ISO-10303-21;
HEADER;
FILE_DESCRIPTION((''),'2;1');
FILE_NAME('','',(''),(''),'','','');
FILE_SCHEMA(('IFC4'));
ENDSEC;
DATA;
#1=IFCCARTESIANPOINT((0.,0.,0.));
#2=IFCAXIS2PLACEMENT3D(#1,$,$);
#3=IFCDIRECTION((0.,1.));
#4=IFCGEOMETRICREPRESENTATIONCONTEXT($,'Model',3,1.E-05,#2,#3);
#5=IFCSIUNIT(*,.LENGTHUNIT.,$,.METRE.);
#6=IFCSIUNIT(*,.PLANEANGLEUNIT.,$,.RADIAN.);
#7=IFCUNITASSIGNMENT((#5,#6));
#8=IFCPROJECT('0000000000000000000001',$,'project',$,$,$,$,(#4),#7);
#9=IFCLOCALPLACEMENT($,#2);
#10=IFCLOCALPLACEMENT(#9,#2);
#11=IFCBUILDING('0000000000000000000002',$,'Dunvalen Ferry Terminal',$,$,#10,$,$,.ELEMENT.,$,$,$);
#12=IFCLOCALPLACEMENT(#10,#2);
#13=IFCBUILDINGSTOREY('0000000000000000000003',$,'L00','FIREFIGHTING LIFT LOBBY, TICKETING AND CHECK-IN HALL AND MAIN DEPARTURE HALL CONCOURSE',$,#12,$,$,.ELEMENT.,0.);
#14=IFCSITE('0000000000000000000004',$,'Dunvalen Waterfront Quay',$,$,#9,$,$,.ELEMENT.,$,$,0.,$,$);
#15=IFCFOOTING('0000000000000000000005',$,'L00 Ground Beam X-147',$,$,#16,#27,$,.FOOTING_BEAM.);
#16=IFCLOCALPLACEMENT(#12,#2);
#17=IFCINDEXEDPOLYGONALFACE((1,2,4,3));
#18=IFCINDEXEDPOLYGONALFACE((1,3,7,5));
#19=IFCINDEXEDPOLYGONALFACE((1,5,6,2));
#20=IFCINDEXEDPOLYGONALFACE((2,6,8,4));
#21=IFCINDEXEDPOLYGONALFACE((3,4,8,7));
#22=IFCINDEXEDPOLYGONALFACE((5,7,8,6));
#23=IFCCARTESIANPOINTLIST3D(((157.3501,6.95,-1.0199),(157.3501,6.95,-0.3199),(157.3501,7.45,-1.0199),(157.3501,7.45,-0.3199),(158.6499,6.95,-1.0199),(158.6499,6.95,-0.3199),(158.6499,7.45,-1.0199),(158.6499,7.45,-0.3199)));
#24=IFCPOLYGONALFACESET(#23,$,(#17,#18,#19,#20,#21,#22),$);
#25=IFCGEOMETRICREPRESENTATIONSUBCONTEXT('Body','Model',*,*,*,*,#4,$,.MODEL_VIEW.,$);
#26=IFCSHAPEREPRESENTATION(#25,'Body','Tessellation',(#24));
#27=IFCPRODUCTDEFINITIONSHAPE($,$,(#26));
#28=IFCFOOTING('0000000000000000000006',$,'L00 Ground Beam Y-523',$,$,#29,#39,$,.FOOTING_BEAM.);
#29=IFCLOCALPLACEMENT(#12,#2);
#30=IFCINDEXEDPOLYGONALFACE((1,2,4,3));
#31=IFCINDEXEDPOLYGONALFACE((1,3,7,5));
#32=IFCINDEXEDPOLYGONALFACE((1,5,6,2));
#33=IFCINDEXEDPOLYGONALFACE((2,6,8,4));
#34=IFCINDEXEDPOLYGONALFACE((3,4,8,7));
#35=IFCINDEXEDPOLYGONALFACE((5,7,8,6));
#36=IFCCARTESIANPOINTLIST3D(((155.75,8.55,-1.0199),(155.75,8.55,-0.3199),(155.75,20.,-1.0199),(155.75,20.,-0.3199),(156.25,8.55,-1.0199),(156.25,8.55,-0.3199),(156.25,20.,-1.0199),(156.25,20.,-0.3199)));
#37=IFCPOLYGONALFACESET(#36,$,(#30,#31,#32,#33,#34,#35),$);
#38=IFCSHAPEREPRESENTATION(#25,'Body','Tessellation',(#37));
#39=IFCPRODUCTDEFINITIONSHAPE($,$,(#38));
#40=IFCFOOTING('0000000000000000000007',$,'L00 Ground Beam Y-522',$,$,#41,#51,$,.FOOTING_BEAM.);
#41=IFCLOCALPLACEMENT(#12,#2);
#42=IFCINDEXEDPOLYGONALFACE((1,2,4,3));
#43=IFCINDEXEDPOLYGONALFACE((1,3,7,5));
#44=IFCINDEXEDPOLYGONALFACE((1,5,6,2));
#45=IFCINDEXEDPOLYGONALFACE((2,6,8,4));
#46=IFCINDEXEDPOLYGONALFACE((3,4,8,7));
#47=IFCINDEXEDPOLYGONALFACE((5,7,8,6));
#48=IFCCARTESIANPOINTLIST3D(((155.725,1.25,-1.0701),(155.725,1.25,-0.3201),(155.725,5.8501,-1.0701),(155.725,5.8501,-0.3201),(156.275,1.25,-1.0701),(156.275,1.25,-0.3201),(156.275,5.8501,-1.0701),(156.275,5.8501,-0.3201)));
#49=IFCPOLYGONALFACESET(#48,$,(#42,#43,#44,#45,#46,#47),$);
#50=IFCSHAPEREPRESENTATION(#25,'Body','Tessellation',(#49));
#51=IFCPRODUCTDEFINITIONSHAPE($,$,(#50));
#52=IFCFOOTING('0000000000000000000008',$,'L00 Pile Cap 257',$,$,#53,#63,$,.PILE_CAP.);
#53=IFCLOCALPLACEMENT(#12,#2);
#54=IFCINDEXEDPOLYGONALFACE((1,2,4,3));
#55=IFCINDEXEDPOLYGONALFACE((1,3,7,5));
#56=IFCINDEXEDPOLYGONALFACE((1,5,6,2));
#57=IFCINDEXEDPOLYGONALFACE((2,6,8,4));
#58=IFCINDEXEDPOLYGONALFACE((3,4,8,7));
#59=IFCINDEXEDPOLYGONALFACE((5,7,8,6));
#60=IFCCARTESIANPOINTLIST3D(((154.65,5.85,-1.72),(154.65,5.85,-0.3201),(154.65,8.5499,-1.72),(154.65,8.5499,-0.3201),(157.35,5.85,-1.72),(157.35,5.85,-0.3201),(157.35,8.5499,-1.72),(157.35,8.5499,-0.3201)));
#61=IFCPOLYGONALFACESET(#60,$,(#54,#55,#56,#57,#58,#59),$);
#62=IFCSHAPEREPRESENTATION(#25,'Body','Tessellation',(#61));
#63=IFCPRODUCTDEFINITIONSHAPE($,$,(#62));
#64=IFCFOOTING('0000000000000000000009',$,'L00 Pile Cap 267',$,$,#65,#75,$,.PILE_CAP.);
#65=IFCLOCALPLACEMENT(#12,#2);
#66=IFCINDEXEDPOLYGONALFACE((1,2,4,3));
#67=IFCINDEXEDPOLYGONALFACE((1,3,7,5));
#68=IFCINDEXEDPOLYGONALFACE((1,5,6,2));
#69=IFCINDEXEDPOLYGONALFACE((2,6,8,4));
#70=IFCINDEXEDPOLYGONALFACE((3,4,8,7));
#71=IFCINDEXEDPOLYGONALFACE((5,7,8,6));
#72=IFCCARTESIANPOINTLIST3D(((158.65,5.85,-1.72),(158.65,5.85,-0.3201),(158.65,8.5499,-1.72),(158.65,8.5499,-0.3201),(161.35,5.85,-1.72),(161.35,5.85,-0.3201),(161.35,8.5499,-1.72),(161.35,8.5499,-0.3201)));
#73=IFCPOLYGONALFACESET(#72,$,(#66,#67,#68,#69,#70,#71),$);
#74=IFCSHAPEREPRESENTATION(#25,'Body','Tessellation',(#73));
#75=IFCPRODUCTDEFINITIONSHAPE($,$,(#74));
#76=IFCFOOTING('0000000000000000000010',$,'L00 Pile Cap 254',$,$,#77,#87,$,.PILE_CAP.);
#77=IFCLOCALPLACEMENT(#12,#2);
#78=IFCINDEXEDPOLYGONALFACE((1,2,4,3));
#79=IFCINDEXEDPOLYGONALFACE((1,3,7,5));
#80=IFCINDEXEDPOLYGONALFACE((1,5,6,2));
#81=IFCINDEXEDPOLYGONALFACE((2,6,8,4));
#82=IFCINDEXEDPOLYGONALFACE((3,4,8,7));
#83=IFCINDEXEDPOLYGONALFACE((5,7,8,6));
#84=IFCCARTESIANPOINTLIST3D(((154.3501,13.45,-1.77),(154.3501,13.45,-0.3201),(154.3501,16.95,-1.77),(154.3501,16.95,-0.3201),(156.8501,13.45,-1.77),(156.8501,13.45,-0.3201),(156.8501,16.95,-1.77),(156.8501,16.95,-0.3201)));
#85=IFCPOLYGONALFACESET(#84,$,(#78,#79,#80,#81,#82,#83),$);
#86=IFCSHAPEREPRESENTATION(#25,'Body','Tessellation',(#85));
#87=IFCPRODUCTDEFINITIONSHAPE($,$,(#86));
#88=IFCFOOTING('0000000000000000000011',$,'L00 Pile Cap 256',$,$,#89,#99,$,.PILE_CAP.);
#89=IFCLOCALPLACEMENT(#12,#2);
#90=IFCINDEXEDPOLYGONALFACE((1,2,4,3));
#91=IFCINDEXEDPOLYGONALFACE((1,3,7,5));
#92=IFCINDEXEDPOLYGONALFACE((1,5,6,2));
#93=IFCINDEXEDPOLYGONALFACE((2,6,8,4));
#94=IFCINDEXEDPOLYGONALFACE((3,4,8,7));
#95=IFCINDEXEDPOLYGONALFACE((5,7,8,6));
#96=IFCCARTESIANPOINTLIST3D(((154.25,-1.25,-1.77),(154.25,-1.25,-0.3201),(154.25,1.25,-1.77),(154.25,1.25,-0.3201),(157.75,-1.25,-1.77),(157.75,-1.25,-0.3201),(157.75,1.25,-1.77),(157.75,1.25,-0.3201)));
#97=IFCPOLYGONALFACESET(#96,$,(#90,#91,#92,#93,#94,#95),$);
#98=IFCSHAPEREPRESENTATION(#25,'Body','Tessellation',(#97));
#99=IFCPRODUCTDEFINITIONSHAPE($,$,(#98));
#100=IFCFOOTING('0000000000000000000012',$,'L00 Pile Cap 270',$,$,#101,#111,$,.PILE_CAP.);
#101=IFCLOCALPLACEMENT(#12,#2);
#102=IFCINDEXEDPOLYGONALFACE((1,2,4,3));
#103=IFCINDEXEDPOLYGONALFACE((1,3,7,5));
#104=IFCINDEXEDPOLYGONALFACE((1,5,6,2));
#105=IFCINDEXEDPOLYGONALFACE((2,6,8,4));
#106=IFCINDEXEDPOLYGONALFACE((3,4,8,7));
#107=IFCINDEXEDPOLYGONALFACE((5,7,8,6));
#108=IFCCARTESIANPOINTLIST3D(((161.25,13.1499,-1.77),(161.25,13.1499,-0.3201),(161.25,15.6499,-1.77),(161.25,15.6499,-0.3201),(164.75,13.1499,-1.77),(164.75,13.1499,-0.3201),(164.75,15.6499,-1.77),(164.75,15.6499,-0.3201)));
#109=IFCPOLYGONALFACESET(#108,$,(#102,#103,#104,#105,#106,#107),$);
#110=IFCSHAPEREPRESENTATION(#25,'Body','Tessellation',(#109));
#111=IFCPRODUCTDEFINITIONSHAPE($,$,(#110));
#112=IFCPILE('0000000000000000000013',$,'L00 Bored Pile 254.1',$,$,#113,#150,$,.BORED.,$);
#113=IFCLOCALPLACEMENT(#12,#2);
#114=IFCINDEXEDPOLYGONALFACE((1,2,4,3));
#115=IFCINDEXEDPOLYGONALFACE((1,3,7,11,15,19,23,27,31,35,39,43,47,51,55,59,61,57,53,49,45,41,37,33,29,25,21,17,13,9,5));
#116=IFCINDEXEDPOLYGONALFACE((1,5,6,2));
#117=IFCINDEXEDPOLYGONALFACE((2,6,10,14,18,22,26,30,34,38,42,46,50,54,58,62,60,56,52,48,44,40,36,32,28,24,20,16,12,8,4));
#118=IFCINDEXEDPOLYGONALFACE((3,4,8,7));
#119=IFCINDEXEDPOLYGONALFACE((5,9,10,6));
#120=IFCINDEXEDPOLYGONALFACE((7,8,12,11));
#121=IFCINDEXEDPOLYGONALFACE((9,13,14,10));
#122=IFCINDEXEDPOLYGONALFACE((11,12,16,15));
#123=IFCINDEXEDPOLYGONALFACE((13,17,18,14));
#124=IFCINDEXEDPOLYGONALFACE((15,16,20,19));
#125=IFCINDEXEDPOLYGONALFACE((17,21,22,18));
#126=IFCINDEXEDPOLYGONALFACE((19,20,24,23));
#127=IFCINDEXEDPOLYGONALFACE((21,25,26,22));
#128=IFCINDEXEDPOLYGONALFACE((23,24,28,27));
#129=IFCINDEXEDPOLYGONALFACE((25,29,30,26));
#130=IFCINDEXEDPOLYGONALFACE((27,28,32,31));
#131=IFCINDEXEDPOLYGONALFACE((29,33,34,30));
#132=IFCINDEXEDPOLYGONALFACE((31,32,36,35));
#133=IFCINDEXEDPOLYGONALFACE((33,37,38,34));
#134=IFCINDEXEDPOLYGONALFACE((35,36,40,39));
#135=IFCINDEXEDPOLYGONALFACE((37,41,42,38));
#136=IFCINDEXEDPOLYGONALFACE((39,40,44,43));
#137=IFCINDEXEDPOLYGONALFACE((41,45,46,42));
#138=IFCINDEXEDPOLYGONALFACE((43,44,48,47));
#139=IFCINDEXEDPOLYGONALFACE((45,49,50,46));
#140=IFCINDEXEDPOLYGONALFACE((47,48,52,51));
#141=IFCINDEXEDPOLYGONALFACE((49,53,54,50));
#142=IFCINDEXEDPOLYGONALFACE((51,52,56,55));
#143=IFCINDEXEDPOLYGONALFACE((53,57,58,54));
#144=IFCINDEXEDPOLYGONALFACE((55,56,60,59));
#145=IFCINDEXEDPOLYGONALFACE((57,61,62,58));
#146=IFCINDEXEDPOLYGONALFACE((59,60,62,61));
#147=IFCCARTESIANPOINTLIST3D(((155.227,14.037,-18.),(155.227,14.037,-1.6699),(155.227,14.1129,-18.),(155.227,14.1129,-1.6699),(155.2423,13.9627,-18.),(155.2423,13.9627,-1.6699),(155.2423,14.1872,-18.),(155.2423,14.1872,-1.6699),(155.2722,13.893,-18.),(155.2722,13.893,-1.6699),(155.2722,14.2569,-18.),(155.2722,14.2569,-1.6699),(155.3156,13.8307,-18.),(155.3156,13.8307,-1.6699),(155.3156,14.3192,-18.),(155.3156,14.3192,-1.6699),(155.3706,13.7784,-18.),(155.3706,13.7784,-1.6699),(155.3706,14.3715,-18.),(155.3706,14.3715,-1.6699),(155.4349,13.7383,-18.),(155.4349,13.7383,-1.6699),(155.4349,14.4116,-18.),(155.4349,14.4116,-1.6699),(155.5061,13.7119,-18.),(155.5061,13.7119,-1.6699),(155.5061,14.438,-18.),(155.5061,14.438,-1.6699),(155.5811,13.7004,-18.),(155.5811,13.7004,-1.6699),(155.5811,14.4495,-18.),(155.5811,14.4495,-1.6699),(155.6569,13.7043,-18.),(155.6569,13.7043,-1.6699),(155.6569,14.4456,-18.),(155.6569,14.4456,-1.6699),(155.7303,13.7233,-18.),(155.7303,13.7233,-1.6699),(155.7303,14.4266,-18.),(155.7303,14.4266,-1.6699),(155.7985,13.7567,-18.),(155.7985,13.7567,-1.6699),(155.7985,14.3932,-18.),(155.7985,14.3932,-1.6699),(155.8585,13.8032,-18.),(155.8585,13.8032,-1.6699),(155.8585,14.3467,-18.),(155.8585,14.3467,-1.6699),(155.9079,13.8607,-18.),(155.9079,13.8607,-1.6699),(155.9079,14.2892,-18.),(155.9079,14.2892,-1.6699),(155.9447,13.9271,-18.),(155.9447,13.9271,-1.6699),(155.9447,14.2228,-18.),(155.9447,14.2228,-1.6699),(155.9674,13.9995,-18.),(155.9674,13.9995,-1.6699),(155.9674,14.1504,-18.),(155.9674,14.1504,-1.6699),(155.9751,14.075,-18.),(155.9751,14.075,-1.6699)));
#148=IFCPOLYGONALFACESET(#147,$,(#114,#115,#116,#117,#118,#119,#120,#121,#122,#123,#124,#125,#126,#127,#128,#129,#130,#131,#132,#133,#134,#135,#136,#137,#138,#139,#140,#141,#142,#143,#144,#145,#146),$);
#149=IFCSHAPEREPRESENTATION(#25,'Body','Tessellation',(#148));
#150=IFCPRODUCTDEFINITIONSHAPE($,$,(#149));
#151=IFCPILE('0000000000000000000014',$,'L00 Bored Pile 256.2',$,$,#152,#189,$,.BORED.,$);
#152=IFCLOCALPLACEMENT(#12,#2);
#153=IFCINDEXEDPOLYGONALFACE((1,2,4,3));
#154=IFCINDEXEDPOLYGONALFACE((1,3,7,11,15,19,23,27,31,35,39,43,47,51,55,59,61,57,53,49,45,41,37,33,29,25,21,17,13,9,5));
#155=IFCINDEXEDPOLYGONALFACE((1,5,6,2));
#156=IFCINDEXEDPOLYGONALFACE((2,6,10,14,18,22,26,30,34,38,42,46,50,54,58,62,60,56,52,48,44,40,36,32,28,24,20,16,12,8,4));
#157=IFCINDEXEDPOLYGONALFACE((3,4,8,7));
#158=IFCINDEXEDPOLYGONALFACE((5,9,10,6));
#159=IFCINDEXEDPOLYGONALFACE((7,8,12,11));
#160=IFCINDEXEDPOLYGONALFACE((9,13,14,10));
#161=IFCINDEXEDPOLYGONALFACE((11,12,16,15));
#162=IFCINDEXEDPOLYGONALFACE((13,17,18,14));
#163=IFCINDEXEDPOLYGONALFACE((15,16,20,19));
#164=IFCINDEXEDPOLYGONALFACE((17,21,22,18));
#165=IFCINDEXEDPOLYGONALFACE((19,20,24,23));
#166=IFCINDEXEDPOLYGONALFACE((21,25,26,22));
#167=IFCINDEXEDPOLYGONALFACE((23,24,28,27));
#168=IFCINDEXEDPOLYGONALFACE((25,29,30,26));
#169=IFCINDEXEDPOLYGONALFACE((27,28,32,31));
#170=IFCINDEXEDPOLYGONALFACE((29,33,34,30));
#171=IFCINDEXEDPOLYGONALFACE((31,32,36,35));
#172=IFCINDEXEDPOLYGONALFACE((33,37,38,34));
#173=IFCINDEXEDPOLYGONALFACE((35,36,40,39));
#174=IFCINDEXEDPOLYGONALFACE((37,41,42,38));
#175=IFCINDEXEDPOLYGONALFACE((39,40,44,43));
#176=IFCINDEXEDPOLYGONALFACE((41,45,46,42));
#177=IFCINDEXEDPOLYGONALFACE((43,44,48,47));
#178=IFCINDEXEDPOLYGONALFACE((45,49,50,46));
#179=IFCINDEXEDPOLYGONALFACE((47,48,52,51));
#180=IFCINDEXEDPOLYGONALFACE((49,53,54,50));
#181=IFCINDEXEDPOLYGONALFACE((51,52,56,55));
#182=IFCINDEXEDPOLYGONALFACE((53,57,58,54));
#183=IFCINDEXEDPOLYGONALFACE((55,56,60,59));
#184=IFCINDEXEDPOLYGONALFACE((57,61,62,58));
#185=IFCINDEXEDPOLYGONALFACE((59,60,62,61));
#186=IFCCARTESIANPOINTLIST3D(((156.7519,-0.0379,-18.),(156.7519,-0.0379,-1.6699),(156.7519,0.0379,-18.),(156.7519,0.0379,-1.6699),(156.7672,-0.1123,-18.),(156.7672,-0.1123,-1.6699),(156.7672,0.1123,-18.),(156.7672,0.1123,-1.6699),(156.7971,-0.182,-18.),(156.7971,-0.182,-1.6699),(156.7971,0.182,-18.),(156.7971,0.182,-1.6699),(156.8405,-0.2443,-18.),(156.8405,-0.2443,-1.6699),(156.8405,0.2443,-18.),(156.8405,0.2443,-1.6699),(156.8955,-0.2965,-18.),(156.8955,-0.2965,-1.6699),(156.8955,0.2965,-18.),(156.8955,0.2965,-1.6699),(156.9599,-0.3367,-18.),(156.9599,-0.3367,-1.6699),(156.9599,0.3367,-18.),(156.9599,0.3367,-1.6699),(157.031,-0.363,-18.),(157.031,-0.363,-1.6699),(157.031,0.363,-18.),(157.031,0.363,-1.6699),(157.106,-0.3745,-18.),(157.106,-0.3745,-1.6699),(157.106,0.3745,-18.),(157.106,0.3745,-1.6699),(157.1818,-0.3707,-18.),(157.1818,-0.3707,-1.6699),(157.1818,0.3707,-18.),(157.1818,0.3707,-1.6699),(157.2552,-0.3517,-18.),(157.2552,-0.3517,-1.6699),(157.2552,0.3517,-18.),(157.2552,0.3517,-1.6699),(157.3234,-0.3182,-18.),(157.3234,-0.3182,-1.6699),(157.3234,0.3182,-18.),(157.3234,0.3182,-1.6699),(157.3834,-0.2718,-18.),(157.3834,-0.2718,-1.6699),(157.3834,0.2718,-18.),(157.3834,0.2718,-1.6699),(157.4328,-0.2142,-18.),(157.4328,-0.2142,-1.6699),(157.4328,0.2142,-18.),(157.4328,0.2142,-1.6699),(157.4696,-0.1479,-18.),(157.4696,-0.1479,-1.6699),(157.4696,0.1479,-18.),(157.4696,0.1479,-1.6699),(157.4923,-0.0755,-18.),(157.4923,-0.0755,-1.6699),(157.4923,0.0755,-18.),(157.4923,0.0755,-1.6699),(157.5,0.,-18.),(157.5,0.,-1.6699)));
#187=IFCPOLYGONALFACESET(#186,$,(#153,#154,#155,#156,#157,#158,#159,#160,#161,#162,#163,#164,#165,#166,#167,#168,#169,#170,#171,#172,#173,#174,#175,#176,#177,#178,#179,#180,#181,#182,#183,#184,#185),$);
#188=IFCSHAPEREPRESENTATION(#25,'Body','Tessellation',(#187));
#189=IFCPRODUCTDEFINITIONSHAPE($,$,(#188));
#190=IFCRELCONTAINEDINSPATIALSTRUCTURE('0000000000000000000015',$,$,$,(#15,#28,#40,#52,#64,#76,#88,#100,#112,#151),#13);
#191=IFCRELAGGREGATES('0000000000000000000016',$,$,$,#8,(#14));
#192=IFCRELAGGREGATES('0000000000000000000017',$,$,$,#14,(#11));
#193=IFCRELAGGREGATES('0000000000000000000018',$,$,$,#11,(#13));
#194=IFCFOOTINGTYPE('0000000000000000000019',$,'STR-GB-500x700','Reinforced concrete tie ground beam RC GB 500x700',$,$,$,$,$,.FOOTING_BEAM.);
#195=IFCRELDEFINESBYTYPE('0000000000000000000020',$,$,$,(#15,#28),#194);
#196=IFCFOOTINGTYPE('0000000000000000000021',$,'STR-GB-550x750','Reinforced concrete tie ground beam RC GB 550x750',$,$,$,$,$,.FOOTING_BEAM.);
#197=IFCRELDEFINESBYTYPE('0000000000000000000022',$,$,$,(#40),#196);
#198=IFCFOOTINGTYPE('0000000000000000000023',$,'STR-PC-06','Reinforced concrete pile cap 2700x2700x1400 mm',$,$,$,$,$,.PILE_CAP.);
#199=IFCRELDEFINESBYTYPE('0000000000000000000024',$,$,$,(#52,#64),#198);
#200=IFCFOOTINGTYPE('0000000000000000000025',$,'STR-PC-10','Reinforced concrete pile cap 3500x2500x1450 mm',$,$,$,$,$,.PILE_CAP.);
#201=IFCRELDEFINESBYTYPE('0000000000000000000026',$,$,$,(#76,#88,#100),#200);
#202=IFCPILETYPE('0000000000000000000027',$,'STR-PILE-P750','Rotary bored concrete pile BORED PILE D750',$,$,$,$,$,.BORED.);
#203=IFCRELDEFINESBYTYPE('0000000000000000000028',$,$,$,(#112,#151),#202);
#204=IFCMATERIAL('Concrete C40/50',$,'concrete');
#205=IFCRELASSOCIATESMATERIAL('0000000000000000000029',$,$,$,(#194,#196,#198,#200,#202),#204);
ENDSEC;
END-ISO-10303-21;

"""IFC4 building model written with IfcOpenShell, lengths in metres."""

from ifc_helpers import new_model, si_unit, direction, frame, origin, origin_2d, place, context, subcontext, project, spatial, rectangle, circle, extrude, material, material_profile, profile_set, type_object, element, save


model = new_model("IFC4")

# Units and contexts
model_context = context("Model", 3, precision=1e-05, world=origin(), true_north=direction((0.0, 1.0)))
body_context = subcontext(model_context, "Body", "Model", "MODEL_VIEW")
ifc_project = project(units=[si_unit("LENGTHUNIT", "METRE"), si_unit("PLANEANGLEUNIT", "RADIAN")], contexts=[model_context])

# Site, building, storey
site_placement = place(None, origin())
site = spatial("IfcSite", under=ifc_project, at=site_placement, Name="Dunvalen Waterfront Quay", CompositionType="ELEMENT", RefElevation=0.0)
building_placement = place(site_placement, origin())
building = spatial("IfcBuilding", under=site, at=building_placement, Name="Dunvalen Ferry Terminal", CompositionType="ELEMENT")
storey_placement = place(building_placement, origin())
storey = spatial("IfcBuildingStorey", under=building, at=storey_placement, Name="L00", Description="FIREFIGHTING LIFT LOBBY, TICKETING AND CHECK-IN HALL AND MAIN DEPARTURE HALL CONCOURSE", CompositionType="ELEMENT", Elevation=0.0)

# Footings
ifc_material_1 = material(Name="Concrete C40/50", Category="concrete")
ifc_material_profile_1 = material_profile(ifc_material_1, rectangle(XDim=0.5, YDim=0.7, at=origin_2d()), Name="Concrete C40/50")
ifc_profile_set_1 = profile_set([ifc_material_profile_1], Name="Concrete C40/50")
footing_type_1 = type_object("IfcFootingType", Name="STR-GB-500x700", Description="Reinforced concrete tie ground beam RC GB 500x700", PredefinedType="FOOTING_BEAM", material=ifc_profile_set_1)
footing_1_placement = place(storey_placement, frame((157.3501, 7.2, -0.6699), z_axis=(1.0, 0.0, 0.0), x_axis=(0.0, 1.0, 0.0)))
element("IfcFooting", 1, at=footing_1_placement, inside=storey, type_object=footing_type_1, Name="L00 Ground Beam X-147", PredefinedType="FOOTING_BEAM", context=body_context, shape_type="SweptSolid", body=[
    extrude(rectangle(XDim=0.5, YDim=0.7, at=origin_2d()), origin(), (0.0, 0.0, 1.0), 1.2998),
])
footing_2_placement = place(storey_placement, frame((156.0, 8.55, -0.6699), z_axis=(0.0, 1.0, 0.0), x_axis=(-1.0, 0.0, 0.0)))
element("IfcFooting", 2, at=footing_2_placement, inside=storey, type_object=footing_type_1, Name="L00 Ground Beam Y-523", PredefinedType="FOOTING_BEAM", context=body_context, shape_type="SweptSolid", body=[
    extrude(rectangle(XDim=0.5, YDim=0.7, at=origin_2d()), origin(), (0.0, 0.0, 1.0), 11.45),
])
ifc_material_profile_2 = material_profile(ifc_material_1, rectangle(XDim=0.55, YDim=0.75, at=origin_2d()), Name="Concrete C40/50")
ifc_profile_set_2 = profile_set([ifc_material_profile_2], Name="Concrete C40/50")
footing_type_2 = type_object("IfcFootingType", Name="STR-GB-550x750", Description="Reinforced concrete tie ground beam RC GB 550x750", PredefinedType="FOOTING_BEAM", material=ifc_profile_set_2)
footing_3_placement = place(storey_placement, frame((156.0, 1.25, -0.6951), z_axis=(0.0, 1.0, 0.0), x_axis=(-1.0, 0.0, 0.0)))
element("IfcFooting", 3, at=footing_3_placement, inside=storey, type_object=footing_type_2, Name="L00 Ground Beam Y-522", PredefinedType="FOOTING_BEAM", context=body_context, shape_type="SweptSolid", body=[
    extrude(rectangle(XDim=0.55, YDim=0.75, at=origin_2d()), origin(), (0.0, 0.0, 1.0), 4.6001),
])
footing_type_3 = type_object("IfcFootingType", Name="STR-PC-06", Description="Reinforced concrete pile cap 2700x2700x1400 mm", PredefinedType="PILE_CAP", material=ifc_material_1)
for number, where, z_axis, x_axis, name in (
    (4, (156.0, 7.2, -1.72), (0.0, 0.0, 1.0), (1.0, 0.0, 0.0), "L00 Pile Cap 257"),
    (5, (160.0, 7.2, -1.72), (0.0, 0.0, 1.0), (1.0, 0.0, 0.0), "L00 Pile Cap 267"),
):
    element("IfcFooting", number, at=place(storey_placement, frame(where, z_axis=z_axis, x_axis=x_axis)), inside=storey, type_object=footing_type_3, Name=name, PredefinedType="PILE_CAP", context=body_context, shape_type="SweptSolid", body=[
        extrude(rectangle(XDim=2.7, YDim=2.7, at=origin_2d()), origin(), (0.0, 0.0, 1.0), 1.3999),
    ])
footing_type_4 = type_object("IfcFootingType", Name="STR-PC-10", Description="Reinforced concrete pile cap 3500x2500x1450 mm", PredefinedType="PILE_CAP", material=ifc_material_1)
for number, where, z_axis, x_axis, name in (
    (6, (155.6001, 15.2, -1.77), (0.0, 0.0, 1.0), (0.0, 1.0, 0.0), "L00 Pile Cap 254"),
    (7, (156.0, 0.0, -1.77), (0.0, 0.0, 1.0), (1.0, 0.0, 0.0), "L00 Pile Cap 256"),
    (8, (163.0, 14.3999, -1.77), (0.0, 0.0, 1.0), (1.0, 0.0, 0.0), "L00 Pile Cap 270"),
):
    element("IfcFooting", number, at=place(storey_placement, frame(where, z_axis=z_axis, x_axis=x_axis)), inside=storey, type_object=footing_type_4, Name=name, PredefinedType="PILE_CAP", context=body_context, shape_type="SweptSolid", body=[
        extrude(rectangle(XDim=3.5, YDim=2.5, at=origin_2d()), origin(), (0.0, 0.0, 1.0), 1.45),
    ])

# Piles
ifc_material_profile_3 = material_profile(ifc_material_1, circle(Radius=0.375, at=origin_2d()), Name="Concrete C40/50")
ifc_profile_set_3 = profile_set([ifc_material_profile_3], Name="Concrete C40/50")
pile_type = type_object("IfcPileType", Name="STR-PILE-P750", Description="Rotary bored concrete pile BORED PILE D750", PredefinedType="BORED", material=ifc_profile_set_3)
for number, where, z_axis, x_axis, name in (
    (9, (155.6001, 14.075, -1.6699), (0.0, 0.0, -1.0), (1.0, 0.0, 0.0), "L00 Bored Pile 254.1"),
    (10, (157.125, 0.0, -1.6699), (0.0, 0.0, -1.0), (1.0, 0.0, 0.0), "L00 Bored Pile 256.2"),
):
    element("IfcPile", number, at=place(storey_placement, frame(where, z_axis=z_axis, x_axis=x_axis)), inside=storey, type_object=pile_type, Name=name, PredefinedType="BORED", context=body_context, shape_type="SweptSolid", body=[
        extrude(circle(Radius=0.375, at=origin_2d()), origin(), (0.0, 0.0, 1.0), 16.3301),
    ])

save(model, "model.ifc")
